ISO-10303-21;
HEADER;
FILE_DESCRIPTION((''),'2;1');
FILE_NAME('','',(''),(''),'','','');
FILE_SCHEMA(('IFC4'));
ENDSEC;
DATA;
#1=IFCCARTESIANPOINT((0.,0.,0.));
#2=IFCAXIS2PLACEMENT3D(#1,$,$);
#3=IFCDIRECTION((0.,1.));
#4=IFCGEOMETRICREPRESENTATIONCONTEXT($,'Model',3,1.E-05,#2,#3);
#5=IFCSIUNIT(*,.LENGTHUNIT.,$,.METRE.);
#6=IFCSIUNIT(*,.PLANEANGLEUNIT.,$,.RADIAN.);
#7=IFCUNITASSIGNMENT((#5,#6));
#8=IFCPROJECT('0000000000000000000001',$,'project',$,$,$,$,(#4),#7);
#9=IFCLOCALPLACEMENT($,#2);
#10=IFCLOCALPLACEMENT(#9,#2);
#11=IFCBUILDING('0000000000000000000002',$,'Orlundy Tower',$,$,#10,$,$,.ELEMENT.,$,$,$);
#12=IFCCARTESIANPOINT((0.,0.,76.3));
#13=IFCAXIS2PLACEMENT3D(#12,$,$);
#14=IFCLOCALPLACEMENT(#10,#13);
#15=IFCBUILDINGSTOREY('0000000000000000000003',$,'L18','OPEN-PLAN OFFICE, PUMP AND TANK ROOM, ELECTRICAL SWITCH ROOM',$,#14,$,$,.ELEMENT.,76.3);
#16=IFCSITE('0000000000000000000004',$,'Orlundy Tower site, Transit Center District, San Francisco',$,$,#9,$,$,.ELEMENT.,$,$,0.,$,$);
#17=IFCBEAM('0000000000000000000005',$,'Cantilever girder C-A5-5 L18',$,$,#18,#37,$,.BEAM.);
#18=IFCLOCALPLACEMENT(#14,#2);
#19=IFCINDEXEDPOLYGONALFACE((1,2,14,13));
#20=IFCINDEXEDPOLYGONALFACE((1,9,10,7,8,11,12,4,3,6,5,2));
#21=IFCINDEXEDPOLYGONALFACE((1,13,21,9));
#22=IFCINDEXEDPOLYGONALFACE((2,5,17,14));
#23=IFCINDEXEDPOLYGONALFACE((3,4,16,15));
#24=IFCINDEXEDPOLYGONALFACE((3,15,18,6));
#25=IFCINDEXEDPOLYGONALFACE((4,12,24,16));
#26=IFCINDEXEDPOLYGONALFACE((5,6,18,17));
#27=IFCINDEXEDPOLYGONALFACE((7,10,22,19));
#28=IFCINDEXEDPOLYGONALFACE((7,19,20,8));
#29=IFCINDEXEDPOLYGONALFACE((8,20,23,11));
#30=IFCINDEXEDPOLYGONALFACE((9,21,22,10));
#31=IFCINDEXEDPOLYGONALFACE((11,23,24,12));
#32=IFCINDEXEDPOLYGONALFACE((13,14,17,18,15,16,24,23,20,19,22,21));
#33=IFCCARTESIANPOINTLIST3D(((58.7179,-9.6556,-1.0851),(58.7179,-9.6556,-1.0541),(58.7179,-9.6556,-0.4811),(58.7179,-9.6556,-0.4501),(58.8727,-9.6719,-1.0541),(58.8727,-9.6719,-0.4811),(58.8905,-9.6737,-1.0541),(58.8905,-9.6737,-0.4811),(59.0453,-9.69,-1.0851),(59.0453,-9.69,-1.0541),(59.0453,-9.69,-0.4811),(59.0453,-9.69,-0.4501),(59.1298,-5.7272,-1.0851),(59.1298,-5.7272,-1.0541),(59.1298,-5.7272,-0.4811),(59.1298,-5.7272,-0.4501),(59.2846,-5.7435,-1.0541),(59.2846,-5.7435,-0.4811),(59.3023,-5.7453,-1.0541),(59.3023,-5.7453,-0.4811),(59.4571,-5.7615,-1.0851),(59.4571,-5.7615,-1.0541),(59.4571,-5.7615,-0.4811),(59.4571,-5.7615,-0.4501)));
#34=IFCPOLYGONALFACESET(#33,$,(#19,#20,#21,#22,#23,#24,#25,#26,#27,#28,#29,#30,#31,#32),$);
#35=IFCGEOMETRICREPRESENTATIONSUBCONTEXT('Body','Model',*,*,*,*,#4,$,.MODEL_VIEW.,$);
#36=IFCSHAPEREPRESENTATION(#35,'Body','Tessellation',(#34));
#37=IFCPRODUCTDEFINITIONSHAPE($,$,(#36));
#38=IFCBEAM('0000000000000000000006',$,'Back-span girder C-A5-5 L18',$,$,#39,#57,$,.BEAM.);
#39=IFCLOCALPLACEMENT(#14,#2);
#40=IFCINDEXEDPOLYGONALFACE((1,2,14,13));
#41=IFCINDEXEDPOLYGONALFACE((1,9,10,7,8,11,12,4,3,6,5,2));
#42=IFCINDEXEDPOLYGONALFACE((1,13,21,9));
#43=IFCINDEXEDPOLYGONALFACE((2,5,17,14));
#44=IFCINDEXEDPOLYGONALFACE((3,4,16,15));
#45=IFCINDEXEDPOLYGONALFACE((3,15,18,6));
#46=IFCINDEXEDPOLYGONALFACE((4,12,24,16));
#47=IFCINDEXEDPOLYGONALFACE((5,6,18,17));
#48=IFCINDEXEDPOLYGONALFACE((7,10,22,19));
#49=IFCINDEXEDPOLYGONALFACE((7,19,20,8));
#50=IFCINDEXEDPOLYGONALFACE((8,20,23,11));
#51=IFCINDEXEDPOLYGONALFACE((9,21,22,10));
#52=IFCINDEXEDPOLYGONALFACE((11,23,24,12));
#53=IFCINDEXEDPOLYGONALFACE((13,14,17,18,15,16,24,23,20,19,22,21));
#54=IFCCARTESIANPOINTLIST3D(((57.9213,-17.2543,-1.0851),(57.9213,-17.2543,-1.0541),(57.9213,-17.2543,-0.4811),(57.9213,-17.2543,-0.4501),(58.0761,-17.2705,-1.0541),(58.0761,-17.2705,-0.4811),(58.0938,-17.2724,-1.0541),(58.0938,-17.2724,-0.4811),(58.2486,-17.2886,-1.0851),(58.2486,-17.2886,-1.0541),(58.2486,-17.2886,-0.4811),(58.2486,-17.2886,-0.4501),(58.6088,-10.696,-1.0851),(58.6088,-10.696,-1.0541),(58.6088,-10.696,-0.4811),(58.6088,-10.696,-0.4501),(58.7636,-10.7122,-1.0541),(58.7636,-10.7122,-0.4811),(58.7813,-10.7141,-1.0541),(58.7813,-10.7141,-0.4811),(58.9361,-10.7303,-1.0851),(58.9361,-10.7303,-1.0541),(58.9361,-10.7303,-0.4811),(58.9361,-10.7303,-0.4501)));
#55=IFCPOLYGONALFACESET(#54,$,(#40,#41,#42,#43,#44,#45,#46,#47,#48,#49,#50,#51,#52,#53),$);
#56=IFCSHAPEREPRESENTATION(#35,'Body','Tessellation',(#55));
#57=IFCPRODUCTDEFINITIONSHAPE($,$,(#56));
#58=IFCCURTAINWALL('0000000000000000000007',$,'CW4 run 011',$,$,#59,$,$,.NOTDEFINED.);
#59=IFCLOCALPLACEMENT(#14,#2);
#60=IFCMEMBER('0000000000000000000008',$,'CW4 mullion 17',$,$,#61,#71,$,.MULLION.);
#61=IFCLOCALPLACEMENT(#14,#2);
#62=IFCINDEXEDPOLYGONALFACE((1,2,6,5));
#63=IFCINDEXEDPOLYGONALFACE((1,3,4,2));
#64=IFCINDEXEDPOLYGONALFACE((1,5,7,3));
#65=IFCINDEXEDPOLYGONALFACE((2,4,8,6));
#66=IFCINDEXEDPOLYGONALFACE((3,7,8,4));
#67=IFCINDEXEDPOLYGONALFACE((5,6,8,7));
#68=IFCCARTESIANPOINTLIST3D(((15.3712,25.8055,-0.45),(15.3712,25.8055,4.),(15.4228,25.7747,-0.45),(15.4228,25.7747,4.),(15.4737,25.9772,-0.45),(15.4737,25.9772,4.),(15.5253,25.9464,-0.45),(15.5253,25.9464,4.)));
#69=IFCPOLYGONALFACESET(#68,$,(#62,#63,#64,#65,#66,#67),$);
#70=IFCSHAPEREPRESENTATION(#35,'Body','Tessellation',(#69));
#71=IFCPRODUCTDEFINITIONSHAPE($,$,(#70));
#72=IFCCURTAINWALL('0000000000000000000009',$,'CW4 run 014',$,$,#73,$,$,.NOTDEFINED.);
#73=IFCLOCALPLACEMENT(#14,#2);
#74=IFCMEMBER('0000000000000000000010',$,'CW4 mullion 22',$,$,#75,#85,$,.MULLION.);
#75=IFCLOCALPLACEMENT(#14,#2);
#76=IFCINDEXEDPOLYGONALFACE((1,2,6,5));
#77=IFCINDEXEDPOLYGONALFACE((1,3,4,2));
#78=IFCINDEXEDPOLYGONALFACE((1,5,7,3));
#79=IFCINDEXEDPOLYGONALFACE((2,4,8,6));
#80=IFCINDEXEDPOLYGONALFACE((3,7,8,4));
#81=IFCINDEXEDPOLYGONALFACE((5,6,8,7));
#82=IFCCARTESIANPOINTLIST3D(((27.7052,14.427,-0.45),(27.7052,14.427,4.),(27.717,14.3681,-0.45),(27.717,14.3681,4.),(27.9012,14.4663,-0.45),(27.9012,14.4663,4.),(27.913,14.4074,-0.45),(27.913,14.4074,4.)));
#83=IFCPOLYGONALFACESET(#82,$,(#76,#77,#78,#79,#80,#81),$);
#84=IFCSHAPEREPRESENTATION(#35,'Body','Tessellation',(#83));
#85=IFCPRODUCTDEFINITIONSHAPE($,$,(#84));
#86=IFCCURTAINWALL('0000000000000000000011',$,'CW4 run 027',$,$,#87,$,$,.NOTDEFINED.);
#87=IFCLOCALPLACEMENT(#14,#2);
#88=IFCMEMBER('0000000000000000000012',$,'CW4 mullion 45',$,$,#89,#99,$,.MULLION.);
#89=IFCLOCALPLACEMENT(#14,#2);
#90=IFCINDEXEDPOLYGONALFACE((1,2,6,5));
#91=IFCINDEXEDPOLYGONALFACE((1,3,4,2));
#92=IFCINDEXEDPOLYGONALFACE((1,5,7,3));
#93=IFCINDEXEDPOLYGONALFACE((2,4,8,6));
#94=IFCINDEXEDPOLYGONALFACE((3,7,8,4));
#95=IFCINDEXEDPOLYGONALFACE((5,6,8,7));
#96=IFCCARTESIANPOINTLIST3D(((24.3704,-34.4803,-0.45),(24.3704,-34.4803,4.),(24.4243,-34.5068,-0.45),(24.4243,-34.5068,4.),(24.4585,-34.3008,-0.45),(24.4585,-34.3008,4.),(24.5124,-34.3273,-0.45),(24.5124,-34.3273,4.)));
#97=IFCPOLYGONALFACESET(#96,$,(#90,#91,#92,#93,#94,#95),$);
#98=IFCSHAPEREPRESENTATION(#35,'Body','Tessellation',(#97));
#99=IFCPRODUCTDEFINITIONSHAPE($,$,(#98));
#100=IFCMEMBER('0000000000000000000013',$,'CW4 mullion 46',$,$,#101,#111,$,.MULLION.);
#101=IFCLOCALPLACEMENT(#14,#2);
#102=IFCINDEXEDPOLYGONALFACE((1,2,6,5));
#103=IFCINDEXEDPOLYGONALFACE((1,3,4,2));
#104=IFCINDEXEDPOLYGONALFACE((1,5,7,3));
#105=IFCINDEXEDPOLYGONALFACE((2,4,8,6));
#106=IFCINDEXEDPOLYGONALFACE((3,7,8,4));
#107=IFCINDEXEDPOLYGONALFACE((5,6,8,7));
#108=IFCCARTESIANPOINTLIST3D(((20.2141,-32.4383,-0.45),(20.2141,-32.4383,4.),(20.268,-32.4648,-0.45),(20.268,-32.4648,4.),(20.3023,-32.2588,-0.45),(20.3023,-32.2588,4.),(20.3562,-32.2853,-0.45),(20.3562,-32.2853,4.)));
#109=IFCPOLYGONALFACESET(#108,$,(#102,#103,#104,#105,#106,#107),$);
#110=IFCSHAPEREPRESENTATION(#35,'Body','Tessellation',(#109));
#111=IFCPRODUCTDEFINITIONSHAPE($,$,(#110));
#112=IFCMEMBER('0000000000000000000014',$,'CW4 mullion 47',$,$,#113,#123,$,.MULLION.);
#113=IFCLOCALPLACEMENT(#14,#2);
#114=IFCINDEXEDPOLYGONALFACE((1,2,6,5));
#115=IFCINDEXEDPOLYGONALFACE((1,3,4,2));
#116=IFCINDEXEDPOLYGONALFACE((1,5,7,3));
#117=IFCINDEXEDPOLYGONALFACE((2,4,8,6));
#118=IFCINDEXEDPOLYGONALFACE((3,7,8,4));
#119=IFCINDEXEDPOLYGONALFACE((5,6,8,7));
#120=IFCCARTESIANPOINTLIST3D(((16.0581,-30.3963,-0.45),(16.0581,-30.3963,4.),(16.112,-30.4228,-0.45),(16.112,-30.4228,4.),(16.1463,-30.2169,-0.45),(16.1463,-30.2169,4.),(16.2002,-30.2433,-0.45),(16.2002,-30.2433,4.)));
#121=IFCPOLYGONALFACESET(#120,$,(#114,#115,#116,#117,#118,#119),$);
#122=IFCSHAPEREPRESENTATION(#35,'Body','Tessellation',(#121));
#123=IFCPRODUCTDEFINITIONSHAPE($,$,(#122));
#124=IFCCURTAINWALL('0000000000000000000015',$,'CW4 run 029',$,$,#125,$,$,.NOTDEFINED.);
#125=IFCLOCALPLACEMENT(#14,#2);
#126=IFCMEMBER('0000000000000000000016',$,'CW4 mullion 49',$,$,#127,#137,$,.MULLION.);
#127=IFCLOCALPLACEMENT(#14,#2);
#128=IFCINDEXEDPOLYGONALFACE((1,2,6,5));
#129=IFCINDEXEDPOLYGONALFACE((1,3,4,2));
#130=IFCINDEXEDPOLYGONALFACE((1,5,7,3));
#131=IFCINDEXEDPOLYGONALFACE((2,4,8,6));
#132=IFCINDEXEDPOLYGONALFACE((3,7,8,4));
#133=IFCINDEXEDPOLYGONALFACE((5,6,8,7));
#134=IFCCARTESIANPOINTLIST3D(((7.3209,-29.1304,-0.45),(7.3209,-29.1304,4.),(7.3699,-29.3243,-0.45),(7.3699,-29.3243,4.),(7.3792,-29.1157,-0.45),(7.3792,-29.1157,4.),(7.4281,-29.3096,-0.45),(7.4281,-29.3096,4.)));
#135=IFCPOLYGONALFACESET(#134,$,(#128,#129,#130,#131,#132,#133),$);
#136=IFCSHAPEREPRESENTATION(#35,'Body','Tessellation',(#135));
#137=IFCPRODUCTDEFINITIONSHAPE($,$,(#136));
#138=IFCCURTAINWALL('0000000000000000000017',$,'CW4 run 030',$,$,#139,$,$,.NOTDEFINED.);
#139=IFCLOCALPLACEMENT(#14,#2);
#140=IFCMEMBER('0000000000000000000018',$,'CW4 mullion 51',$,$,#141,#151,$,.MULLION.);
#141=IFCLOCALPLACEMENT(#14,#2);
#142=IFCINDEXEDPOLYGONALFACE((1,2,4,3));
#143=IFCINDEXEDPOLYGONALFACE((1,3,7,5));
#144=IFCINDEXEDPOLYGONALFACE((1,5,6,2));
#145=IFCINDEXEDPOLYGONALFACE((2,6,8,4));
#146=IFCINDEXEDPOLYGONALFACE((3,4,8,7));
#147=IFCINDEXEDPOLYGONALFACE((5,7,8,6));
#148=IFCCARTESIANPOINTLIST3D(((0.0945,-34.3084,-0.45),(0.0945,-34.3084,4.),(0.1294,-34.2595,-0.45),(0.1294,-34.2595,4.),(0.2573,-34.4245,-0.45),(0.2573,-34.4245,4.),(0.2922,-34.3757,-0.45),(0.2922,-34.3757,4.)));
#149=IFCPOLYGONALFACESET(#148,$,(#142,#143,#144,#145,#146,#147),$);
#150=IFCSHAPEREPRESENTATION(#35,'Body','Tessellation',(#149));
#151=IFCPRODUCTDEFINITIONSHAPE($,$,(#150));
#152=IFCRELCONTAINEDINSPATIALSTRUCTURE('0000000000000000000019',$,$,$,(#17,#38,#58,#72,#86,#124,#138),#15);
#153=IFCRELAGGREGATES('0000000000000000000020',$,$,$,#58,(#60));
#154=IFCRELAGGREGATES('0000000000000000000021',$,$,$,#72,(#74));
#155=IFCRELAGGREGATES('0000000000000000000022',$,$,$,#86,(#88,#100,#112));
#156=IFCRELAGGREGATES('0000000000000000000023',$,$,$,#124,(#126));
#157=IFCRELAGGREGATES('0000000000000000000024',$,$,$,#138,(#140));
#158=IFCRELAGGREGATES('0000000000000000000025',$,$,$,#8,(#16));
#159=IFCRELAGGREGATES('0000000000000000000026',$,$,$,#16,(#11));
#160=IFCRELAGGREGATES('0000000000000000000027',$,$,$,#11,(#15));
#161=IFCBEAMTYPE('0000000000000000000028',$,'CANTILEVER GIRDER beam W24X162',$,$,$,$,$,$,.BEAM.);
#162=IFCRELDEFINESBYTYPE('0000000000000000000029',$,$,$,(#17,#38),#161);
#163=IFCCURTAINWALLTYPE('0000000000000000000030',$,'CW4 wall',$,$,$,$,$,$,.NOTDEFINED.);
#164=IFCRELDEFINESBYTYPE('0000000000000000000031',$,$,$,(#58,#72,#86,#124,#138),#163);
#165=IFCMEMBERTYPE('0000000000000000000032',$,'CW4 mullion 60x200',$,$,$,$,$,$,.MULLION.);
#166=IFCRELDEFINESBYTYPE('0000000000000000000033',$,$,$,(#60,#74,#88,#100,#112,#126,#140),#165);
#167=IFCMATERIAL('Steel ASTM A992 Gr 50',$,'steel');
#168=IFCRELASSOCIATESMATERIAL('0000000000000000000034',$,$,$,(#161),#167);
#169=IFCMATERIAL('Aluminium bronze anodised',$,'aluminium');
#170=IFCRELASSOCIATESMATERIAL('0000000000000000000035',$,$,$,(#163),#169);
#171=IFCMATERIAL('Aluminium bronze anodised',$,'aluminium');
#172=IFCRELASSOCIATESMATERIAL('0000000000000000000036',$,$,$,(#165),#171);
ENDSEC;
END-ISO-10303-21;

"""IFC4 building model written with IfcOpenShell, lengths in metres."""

from ifc_helpers import new_model, si_unit, direction, frame, origin, origin_2d, place, context, subcontext, project, spatial, rectangle, i_section, extrude, material, material_profile, profile_set, type_object, element, aggregate, save


model = new_model("IFC4")

# Units and contexts
model_context = context("Model", 3, precision=1e-05, world=origin(), true_north=direction((0.0, 1.0)))
body_context = subcontext(model_context, "Body", "Model", "MODEL_VIEW")
ifc_project = project(units=[si_unit("LENGTHUNIT", "METRE"), si_unit("PLANEANGLEUNIT", "RADIAN")], contexts=[model_context])

# Site, building, storey
site_placement = place(None, origin())
site = spatial("IfcSite", under=ifc_project, at=site_placement, Name="Orlundy Tower site, Transit Center District, San Francisco", CompositionType="ELEMENT", RefElevation=0.0)
building_placement = place(site_placement, origin())
building = spatial("IfcBuilding", under=site, at=building_placement, Name="Orlundy Tower", CompositionType="ELEMENT")
storey_placement = place(building_placement, frame((0.0, 0.0, 76.3)))
storey = spatial("IfcBuildingStorey", under=building, at=storey_placement, Name="L18", Description="OPEN-PLAN OFFICE, PUMP AND TANK ROOM, ELECTRICAL SWITCH ROOM", CompositionType="ELEMENT", Elevation=76.3)

# Beams
ifc_material_1 = material(Name="Steel ASTM A992 Gr 50", Category="steel")
ifc_material_profile_1 = material_profile(ifc_material_1, i_section(OverallWidth=0.3291, OverallDepth=0.635, WebThickness=0.0178, FlangeThickness=0.031, at=origin_2d()), Name="W24X162")
ifc_profile_set_1 = profile_set([ifc_material_profile_1], Name="Steel ASTM A992 Gr 50")
beam_type_1 = type_object("IfcBeamType", Name="CANTILEVER GIRDER beam W24X162", PredefinedType="BEAM", material=ifc_profile_set_1)
beam_1_placement = place(storey_placement, frame((59.2935, -5.7444, -0.7676), z_axis=(-0.10427, -0.994549, 0.0), x_axis=(0.994549, -0.10427, 0.0)))
element("IfcBeam", 1, at=beam_1_placement, inside=storey, type_object=beam_type_1, Name="Cantilever girder C-A5-5 L18", PredefinedType="BEAM", context=body_context, shape_type="SweptSolid", body=[
    extrude(i_section(OverallWidth=0.3291, OverallDepth=0.635, WebThickness=0.0178, FlangeThickness=0.031, at=origin_2d()), origin(), (0.0, 0.0, 1.0), 3.95),
])
beam_2_placement = place(storey_placement, frame((58.7725, -10.7131, -0.7676), z_axis=(-0.104257, -0.99455, 0.0), x_axis=(0.99455, -0.104257, 0.0)))
element("IfcBeam", 2, at=beam_2_placement, inside=storey, type_object=beam_type_1, Name="Back-span girder C-A5-5 L18", PredefinedType="BEAM", context=body_context, shape_type="SweptSolid", body=[
    extrude(i_section(OverallWidth=0.3291, OverallDepth=0.635, WebThickness=0.0178, FlangeThickness=0.031, at=origin_2d()), origin(), (0.0, 0.0, 1.0), 6.5942),
])

# Curtain walls, members
ifc_material_2 = material(Name="Aluminium bronze anodised", Category="aluminium")
curtain_wall_type = type_object("IfcCurtainWallType", Name="CW4 wall", PredefinedType="NOTDEFINED", material=ifc_material_2)
curtain_wall_1_placement = place(storey_placement, origin())
curtain_wall_1 = element("IfcCurtainWall", 3, at=curtain_wall_1_placement, inside=storey, type_object=curtain_wall_type, Name="CW4 run 011", PredefinedType="NOTDEFINED")
ifc_material_3 = material(Name="Aluminium bronze anodised", Category="aluminium")
ifc_material_profile_2 = material_profile(ifc_material_3, rectangle(XDim=0.2, YDim=0.0601, at=origin_2d()), Name="CW4 mullion 60x200")
ifc_profile_set_2 = profile_set([ifc_material_profile_2], Name="Aluminium bronze anodised")
member_type = type_object("IfcMemberType", Name="CW4 mullion 60x200", PredefinedType="MULLION", material=ifc_profile_set_2)
member_1_placement = place(storey_placement, frame((15.4482, 25.876, -0.45), z_axis=(0.0, 0.0, 1.0), x_axis=(0.512528, 0.858671, 0.0)))
member_1 = element("IfcMember", 4, at=member_1_placement, type_object=member_type, Name="CW4 mullion 17", PredefinedType="MULLION", context=body_context, shape_type="SweptSolid", body=[
    extrude(rectangle(XDim=0.2, YDim=0.0601, at=origin_2d()), origin(), (0.0, 0.0, 1.0), 4.45),
])
aggregate(curtain_wall_1, [member_1])
curtain_wall_2_placement = place(storey_placement, origin())
curtain_wall_2 = element("IfcCurtainWall", 5, at=curtain_wall_2_placement, inside=storey, type_object=curtain_wall_type, Name="CW4 run 014", PredefinedType="NOTDEFINED")
member_2_placement = place(storey_placement, frame((27.8091, 14.4172, -0.45), z_axis=(0.0, 0.0, 1.0), x_axis=(0.980504, 0.1965, 0.0)))
member_2 = element("IfcMember", 6, at=member_2_placement, type_object=member_type, Name="CW4 mullion 22", PredefinedType="MULLION", context=body_context, shape_type="SweptSolid", body=[
    extrude(rectangle(XDim=0.2, YDim=0.0601, at=origin_2d()), origin(), (0.0, 0.0, 1.0), 4.45),
])
aggregate(curtain_wall_2, [member_2])

# Curtain wall, members
curtain_wall_3_placement = place(storey_placement, origin())
curtain_wall_3 = element("IfcCurtainWall", 7, at=curtain_wall_3_placement, inside=storey, type_object=curtain_wall_type, Name="CW4 run 027", PredefinedType="NOTDEFINED")
member_3_placement = place(storey_placement, frame((24.4414, -34.4038, -0.45), z_axis=(0.0, 0.0, 1.0), x_axis=(-0.440969, -0.897522, 0.0)))
member_3 = element("IfcMember", 8, at=member_3_placement, type_object=member_type, Name="CW4 mullion 45", PredefinedType="MULLION", context=body_context, shape_type="SweptSolid", body=[
    extrude(rectangle(XDim=0.2, YDim=0.0601, at=origin_2d()), origin(), (0.0, 0.0, 1.0), 4.45),
])
member_4_placement = place(storey_placement, frame((20.2852, -32.3618, -0.45), z_axis=(0.0, 0.0, 1.0), x_axis=(-0.440969, -0.897522, 0.0)))
member_4 = element("IfcMember", 9, at=member_4_placement, type_object=member_type, Name="CW4 mullion 46", PredefinedType="MULLION", context=body_context, shape_type="SweptSolid", body=[
    extrude(rectangle(XDim=0.2, YDim=0.0601, at=origin_2d()), origin(), (0.0, 0.0, 1.0), 4.45),
])
member_5_placement = place(storey_placement, frame((16.1292, -30.3198, -0.45), z_axis=(0.0, 0.0, 1.0), x_axis=(-0.440969, -0.897522, 0.0)))
member_5 = element("IfcMember", 10, at=member_5_placement, type_object=member_type, Name="CW4 mullion 47", PredefinedType="MULLION", context=body_context, shape_type="SweptSolid", body=[
    extrude(rectangle(XDim=0.2, YDim=0.0601, at=origin_2d()), origin(), (0.0, 0.0, 1.0), 4.45),
])
aggregate(curtain_wall_3, [member_3, member_4, member_5])

# Curtain walls, members
curtain_wall_4_placement = place(storey_placement, origin())
curtain_wall_4 = element("IfcCurtainWall", 11, at=curtain_wall_4_placement, inside=storey, type_object=curtain_wall_type, Name="CW4 run 029", PredefinedType="NOTDEFINED")
member_6_placement = place(storey_placement, frame((7.3745, -29.22, -0.45), z_axis=(0.0, 0.0, 1.0), x_axis=(0.244728, -0.969592, 0.0)))
member_6 = element("IfcMember", 12, at=member_6_placement, type_object=member_type, Name="CW4 mullion 49", PredefinedType="MULLION", context=body_context, shape_type="SweptSolid", body=[
    extrude(rectangle(XDim=0.2, YDim=0.0601, at=origin_2d()), origin(), (0.0, 0.0, 1.0), 4.45),
])
aggregate(curtain_wall_4, [member_6])
curtain_wall_5_placement = place(storey_placement, origin())
curtain_wall_5 = element("IfcCurtainWall", 13, at=curtain_wall_5_placement, inside=storey, type_object=curtain_wall_type, Name="CW4 run 030", PredefinedType="NOTDEFINED")
member_7_placement = place(storey_placement, frame((0.1934, -34.342, -0.45), z_axis=(0.0, 0.0, 1.0), x_axis=(0.81411, -0.58071, 0.0)))
member_7 = element("IfcMember", 14, at=member_7_placement, type_object=member_type, Name="CW4 mullion 51", PredefinedType="MULLION", context=body_context, shape_type="SweptSolid", body=[
    extrude(rectangle(XDim=0.2, YDim=0.0601, at=origin_2d()), origin(), (0.0, 0.0, 1.0), 4.45),
])
aggregate(curtain_wall_5, [member_7])

save(model, "model.ifc")
